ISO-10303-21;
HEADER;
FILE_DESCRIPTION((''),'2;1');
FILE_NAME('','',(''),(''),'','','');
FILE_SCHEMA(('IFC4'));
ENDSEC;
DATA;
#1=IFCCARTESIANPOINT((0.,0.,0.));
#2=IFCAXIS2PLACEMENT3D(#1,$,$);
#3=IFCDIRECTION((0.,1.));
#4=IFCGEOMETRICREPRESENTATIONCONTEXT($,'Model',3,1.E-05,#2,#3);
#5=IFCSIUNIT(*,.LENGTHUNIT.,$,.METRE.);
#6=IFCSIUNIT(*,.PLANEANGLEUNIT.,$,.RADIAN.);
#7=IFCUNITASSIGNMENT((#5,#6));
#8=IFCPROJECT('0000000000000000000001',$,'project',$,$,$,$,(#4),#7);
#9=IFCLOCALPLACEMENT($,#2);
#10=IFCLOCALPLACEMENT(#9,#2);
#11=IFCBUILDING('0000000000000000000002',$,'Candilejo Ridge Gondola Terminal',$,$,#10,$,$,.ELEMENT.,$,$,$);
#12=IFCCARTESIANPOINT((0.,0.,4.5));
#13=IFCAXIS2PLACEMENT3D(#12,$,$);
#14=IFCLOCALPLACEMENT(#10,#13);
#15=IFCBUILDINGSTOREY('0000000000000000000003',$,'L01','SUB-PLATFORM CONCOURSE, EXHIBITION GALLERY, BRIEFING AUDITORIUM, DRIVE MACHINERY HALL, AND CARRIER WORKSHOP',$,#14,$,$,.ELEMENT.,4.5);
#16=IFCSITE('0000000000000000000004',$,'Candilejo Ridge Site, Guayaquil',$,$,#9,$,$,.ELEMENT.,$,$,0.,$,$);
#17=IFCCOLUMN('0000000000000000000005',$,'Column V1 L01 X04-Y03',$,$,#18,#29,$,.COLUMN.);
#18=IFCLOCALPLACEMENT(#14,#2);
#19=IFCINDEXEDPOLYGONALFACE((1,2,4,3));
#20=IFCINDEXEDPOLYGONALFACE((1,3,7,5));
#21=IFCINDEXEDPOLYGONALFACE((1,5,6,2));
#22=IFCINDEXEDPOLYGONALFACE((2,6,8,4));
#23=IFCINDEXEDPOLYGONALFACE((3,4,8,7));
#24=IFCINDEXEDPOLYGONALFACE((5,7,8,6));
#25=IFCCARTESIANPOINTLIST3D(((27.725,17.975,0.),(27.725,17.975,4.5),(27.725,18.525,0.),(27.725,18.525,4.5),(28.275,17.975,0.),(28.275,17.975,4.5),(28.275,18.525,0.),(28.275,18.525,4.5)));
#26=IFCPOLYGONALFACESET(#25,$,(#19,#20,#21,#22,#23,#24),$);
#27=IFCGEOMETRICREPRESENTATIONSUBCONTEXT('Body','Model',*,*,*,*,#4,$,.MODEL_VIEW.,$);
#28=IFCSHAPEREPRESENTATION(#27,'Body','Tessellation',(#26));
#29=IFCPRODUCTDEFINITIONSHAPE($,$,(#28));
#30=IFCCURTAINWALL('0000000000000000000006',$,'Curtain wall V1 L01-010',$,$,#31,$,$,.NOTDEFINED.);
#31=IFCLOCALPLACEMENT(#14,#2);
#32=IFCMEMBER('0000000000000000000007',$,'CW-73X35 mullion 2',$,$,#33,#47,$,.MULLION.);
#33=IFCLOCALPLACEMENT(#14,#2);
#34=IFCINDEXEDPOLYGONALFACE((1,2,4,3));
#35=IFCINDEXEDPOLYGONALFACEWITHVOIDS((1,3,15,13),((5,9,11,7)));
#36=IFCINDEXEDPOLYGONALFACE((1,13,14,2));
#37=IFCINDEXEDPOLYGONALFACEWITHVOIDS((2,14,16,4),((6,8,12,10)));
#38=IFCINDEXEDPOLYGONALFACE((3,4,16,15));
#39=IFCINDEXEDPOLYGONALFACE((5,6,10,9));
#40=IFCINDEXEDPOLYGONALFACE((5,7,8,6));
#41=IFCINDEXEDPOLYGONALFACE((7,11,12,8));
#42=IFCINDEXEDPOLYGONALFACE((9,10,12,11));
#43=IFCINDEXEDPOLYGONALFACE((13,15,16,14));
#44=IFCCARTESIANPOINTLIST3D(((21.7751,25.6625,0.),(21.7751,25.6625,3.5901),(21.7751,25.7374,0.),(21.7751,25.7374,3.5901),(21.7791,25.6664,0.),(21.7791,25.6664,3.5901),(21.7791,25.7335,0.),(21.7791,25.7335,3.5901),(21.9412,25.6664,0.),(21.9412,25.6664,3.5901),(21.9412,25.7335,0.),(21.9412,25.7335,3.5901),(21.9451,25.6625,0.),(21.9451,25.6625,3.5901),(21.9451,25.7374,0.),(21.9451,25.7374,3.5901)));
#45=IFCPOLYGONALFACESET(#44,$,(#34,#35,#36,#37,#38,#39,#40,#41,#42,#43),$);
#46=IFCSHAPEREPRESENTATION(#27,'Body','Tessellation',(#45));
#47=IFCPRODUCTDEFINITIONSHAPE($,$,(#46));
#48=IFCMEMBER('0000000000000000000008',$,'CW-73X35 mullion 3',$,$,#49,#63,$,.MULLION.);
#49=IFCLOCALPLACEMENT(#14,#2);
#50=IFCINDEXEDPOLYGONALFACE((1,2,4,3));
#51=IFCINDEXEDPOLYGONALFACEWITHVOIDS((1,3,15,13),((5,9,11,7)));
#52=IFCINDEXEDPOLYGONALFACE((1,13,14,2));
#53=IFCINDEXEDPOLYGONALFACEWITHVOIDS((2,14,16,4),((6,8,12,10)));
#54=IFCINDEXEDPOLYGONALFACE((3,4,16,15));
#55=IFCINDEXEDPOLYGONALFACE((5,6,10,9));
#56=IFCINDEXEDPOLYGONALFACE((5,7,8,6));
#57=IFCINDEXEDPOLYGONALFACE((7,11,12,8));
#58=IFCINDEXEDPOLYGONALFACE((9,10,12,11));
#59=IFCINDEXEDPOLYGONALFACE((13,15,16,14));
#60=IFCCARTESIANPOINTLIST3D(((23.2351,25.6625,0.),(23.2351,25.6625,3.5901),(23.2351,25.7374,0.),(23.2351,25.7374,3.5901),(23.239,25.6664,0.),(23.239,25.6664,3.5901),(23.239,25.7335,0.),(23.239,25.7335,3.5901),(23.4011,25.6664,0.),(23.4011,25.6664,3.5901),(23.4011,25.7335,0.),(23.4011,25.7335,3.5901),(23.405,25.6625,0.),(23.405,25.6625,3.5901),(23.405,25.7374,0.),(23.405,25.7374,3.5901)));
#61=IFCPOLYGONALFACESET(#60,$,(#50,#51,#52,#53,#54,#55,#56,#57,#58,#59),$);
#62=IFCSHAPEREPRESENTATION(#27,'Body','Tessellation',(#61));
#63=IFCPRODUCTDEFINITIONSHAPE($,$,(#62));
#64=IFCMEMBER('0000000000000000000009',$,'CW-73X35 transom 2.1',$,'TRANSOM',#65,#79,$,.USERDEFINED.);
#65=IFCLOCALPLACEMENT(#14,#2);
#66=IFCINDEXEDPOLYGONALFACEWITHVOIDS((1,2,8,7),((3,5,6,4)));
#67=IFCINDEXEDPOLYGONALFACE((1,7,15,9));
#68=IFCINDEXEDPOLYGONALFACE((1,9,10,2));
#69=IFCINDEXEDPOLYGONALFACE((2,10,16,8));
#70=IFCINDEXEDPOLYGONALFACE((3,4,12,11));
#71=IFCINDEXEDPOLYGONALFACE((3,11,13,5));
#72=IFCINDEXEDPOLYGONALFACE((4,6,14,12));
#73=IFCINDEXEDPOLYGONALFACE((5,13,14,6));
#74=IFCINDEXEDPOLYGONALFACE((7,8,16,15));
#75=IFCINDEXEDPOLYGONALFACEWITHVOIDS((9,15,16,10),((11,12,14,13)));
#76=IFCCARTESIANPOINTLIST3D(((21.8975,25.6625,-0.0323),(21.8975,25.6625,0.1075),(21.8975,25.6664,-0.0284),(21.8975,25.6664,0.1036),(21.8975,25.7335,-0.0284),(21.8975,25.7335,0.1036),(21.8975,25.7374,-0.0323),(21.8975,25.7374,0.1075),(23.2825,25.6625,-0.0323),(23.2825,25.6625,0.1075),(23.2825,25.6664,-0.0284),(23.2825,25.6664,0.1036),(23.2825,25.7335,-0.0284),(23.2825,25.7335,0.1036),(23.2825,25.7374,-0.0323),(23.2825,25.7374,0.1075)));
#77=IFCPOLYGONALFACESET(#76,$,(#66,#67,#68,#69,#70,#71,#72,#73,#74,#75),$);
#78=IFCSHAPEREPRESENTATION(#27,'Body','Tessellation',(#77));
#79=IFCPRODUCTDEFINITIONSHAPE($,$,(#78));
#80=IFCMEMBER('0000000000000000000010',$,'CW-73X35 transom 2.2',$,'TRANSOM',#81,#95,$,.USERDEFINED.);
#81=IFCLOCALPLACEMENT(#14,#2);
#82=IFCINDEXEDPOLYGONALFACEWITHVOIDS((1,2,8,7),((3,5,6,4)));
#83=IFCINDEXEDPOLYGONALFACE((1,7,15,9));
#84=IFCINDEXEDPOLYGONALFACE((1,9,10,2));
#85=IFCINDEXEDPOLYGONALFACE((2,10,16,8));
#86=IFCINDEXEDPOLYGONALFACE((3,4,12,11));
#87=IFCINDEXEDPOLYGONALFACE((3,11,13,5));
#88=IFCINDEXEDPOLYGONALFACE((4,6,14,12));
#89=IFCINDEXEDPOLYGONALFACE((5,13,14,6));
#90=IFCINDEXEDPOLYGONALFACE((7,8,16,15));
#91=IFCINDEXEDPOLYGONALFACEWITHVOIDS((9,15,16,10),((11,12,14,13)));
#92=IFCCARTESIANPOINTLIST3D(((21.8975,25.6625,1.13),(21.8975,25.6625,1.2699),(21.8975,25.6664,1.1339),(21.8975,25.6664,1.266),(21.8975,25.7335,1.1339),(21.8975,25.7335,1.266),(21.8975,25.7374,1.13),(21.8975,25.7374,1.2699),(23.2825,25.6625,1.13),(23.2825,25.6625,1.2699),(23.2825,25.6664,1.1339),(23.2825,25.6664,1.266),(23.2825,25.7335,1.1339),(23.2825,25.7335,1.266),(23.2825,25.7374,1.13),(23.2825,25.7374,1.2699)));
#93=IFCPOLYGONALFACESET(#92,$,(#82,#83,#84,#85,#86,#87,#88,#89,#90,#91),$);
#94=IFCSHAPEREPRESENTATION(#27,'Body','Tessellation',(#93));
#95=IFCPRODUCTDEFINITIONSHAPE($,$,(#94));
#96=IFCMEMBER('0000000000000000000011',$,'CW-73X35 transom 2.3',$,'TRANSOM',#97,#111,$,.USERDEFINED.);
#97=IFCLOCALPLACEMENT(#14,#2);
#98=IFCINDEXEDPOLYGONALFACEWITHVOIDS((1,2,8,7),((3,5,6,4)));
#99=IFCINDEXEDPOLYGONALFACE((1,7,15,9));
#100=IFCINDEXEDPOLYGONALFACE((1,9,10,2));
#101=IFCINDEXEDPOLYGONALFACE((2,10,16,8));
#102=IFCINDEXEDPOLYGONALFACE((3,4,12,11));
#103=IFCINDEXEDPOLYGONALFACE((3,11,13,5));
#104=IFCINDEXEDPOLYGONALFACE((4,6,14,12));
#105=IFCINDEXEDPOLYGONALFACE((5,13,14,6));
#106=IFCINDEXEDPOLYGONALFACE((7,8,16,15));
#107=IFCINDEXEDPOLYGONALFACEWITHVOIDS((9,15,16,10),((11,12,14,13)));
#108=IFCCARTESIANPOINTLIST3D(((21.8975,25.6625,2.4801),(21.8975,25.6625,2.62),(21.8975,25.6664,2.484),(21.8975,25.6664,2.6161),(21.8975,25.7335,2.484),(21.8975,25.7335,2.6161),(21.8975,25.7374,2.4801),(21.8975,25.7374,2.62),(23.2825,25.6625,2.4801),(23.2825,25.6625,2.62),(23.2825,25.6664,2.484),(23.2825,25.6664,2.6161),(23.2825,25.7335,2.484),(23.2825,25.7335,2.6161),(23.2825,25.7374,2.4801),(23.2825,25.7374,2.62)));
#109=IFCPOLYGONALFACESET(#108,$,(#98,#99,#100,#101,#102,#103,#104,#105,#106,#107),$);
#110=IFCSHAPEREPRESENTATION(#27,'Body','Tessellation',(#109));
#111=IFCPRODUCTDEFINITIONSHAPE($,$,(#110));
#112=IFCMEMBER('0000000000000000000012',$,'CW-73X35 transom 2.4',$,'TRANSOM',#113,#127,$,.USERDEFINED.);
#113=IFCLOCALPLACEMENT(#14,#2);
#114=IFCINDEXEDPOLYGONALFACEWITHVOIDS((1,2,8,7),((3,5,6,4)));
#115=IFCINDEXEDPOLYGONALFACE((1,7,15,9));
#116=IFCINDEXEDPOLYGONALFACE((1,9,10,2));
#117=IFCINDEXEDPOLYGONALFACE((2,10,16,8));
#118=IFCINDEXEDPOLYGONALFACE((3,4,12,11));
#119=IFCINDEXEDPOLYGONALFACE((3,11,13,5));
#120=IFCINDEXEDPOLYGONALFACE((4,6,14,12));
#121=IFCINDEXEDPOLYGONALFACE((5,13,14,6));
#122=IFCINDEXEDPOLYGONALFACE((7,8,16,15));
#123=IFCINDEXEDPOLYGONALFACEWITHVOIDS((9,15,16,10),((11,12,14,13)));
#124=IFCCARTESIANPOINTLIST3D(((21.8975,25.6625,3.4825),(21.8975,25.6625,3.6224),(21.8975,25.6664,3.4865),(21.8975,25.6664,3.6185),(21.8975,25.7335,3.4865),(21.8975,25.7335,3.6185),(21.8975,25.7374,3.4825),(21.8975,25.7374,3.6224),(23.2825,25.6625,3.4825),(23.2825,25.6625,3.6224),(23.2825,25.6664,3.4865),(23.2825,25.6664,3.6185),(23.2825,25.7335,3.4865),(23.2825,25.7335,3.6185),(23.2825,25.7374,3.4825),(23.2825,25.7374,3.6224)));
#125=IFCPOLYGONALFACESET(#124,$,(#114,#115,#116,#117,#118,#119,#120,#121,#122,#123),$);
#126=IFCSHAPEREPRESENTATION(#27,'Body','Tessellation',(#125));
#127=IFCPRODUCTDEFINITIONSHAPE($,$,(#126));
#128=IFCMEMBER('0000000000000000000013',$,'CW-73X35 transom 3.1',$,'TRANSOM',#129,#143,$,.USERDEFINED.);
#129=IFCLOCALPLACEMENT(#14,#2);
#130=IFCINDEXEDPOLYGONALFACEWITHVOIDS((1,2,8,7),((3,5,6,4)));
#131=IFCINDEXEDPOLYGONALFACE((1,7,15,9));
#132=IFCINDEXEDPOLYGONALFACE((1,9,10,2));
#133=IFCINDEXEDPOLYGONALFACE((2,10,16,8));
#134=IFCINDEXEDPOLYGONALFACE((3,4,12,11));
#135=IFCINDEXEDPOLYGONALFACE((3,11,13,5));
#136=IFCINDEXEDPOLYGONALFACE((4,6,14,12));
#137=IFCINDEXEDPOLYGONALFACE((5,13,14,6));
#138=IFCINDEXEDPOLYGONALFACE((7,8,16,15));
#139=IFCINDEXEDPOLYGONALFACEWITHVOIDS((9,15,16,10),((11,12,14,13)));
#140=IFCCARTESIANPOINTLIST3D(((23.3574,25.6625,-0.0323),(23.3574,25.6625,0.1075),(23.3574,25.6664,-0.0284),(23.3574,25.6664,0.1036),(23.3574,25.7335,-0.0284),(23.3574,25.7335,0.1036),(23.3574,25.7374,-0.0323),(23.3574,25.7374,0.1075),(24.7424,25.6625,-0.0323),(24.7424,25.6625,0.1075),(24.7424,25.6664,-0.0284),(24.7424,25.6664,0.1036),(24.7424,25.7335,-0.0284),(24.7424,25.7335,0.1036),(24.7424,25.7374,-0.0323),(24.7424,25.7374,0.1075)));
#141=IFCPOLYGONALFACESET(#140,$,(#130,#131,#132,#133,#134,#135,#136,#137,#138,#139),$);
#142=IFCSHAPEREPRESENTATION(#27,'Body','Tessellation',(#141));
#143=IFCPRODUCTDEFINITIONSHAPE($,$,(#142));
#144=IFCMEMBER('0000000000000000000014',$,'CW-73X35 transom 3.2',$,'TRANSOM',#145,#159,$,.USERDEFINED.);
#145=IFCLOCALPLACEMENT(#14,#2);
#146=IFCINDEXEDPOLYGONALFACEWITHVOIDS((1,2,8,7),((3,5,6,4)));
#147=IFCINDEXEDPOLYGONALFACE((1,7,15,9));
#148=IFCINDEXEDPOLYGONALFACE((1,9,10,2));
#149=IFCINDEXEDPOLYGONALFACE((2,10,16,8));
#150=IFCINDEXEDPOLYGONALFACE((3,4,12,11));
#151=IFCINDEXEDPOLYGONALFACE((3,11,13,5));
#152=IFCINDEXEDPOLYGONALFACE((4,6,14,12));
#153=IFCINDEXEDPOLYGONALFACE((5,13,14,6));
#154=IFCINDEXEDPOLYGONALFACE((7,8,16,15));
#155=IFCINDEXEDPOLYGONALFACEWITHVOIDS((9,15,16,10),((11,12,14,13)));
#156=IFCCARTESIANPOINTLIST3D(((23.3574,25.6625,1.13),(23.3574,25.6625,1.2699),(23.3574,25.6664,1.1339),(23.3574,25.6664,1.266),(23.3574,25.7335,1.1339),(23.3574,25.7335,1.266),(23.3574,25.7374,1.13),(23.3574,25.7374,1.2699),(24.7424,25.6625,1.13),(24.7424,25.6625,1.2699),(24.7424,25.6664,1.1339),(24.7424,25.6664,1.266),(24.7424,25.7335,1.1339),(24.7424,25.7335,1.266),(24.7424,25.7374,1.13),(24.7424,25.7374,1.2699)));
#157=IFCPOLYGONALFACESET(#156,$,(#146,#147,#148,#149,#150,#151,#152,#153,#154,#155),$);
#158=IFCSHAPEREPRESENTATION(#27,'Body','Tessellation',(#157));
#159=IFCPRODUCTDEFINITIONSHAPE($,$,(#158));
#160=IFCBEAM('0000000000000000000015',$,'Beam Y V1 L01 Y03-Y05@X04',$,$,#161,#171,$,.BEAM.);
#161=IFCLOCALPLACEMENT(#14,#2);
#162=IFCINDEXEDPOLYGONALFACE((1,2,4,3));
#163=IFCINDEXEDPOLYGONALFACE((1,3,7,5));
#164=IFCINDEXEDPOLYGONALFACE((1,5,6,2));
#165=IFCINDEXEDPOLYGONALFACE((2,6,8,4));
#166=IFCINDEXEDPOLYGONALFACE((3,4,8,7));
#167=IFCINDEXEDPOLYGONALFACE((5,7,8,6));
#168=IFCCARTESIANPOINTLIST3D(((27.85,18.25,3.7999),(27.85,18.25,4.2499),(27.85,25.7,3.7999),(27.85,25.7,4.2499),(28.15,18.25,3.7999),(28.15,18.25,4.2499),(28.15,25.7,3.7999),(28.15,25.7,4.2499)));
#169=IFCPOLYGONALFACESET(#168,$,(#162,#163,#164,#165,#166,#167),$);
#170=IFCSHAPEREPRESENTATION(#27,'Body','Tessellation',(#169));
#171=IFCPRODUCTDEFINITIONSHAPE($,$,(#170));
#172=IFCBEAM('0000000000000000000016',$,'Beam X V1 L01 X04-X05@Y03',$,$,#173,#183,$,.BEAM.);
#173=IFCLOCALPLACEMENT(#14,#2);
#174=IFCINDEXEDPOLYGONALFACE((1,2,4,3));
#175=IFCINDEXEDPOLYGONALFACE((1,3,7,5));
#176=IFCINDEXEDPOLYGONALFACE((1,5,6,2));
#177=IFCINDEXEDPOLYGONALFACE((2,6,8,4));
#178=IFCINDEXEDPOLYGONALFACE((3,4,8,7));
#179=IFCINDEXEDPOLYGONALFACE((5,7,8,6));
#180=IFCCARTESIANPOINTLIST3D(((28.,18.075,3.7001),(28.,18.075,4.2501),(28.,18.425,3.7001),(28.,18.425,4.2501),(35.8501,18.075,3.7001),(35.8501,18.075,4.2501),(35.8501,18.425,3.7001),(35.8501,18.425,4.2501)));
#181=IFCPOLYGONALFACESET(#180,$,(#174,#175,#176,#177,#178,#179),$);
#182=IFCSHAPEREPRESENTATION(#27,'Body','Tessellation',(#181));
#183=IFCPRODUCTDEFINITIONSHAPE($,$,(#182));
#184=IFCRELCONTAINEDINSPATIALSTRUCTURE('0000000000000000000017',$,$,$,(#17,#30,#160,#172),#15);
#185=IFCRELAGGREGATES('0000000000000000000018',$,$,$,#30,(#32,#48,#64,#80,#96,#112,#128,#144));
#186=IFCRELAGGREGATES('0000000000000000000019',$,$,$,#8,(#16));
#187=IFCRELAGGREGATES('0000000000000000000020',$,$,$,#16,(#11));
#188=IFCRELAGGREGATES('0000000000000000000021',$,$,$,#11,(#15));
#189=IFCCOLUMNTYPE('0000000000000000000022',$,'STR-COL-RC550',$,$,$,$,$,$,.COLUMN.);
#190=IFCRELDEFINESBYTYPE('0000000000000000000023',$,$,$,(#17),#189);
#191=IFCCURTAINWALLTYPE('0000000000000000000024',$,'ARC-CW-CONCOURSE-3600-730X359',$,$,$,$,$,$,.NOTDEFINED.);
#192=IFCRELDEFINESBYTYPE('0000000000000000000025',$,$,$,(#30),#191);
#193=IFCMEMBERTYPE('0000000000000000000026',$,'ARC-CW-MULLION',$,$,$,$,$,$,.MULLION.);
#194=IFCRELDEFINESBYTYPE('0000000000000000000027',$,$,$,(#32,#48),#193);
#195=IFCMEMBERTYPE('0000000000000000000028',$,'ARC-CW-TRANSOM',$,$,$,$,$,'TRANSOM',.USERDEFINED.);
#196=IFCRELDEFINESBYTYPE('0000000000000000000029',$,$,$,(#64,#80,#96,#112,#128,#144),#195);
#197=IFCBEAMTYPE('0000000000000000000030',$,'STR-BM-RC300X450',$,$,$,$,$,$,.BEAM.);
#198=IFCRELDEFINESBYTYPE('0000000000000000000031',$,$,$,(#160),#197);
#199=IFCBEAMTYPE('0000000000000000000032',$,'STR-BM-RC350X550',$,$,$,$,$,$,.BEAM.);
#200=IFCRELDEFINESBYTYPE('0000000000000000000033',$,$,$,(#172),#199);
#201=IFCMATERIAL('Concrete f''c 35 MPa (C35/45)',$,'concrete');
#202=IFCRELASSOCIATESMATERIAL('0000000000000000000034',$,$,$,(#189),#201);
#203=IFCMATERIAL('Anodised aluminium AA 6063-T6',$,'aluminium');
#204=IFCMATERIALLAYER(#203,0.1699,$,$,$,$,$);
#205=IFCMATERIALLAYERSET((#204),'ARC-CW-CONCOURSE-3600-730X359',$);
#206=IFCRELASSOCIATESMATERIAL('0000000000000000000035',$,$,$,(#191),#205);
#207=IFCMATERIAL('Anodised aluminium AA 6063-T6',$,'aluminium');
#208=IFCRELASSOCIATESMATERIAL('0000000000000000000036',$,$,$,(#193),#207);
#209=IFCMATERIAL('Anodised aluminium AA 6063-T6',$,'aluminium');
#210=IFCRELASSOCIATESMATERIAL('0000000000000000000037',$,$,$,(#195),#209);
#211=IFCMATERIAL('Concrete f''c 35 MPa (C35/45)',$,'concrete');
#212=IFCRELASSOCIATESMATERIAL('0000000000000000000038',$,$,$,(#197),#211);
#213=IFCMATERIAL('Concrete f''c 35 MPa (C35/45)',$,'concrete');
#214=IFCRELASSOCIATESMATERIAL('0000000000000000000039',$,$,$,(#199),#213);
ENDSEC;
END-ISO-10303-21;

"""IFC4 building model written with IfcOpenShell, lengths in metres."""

from ifc_helpers import new_model, si_unit, direction, frame, origin, origin_2d, place, context, subcontext, project, spatial, rectangle, hollow_rectangle, extrude, material, layer, layer_set, material_profile, profile_set, type_object, element, aggregate, save


model = new_model("IFC4")

# Units and contexts
model_context = context("Model", 3, precision=1e-05, world=origin(), true_north=direction((0.0, 1.0)))
body_context = subcontext(model_context, "Body", "Model", "MODEL_VIEW")
ifc_project = project(units=[si_unit("LENGTHUNIT", "METRE"), si_unit("PLANEANGLEUNIT", "RADIAN")], contexts=[model_context])

# Site, building, storey
site_placement = place(None, origin())
site = spatial("IfcSite", under=ifc_project, at=site_placement, Name="Candilejo Ridge Site, Guayaquil", CompositionType="ELEMENT", RefElevation=0.0)
building_placement = place(site_placement, origin())
building = spatial("IfcBuilding", under=site, at=building_placement, Name="Candilejo Ridge Gondola Terminal", CompositionType="ELEMENT")
storey_placement = place(building_placement, frame((0.0, 0.0, 4.5)))
storey = spatial("IfcBuildingStorey", under=building, at=storey_placement, Name="L01", Description="SUB-PLATFORM CONCOURSE, EXHIBITION GALLERY, BRIEFING AUDITORIUM, DRIVE MACHINERY HALL, AND CARRIER WORKSHOP", CompositionType="ELEMENT", Elevation=4.5)

# Column
ifc_material_1 = material(Name="Concrete f'c 35 MPa (C35/45)", Category="concrete")
ifc_material_profile_1 = material_profile(ifc_material_1, rectangle(XDim=0.55, YDim=0.55, at=origin_2d()))
ifc_profile_set_1 = profile_set([ifc_material_profile_1], Name="Concrete f'c 35 MPa (C35/45)")
column_type = type_object("IfcColumnType", Name="STR-COL-RC550", PredefinedType="COLUMN", material=ifc_profile_set_1)
column_placement = place(storey_placement, frame((28.0, 18.25, 0.0), z_axis=(0.0, 0.0, 1.0), x_axis=(1.0, 0.0, 0.0)))
element("IfcColumn", 1, at=column_placement, inside=storey, type_object=column_type, Name="Column V1 L01 X04-Y03", PredefinedType="COLUMN", context=body_context, shape_type="SweptSolid", body=[
    extrude(rectangle(XDim=0.55, YDim=0.55, at=origin_2d()), origin(), (0.0, 0.0, 1.0), 4.5),
])

# Curtain wall, members
ifc_material_2 = material(Name="Anodised aluminium AA 6063-T6", Category="aluminium")
ifc_layer_1 = layer(ifc_material_2, 0.1699)
ifc_layer_set_1 = layer_set([ifc_layer_1], Name="ARC-CW-CONCOURSE-3600-730X359")
curtain_wall_type = type_object("IfcCurtainWallType", Name="ARC-CW-CONCOURSE-3600-730X359", PredefinedType="NOTDEFINED", material=ifc_layer_set_1)
curtain_wall_placement = place(storey_placement, origin())
curtain_wall = element("IfcCurtainWall", 2, at=curtain_wall_placement, inside=storey, type_object=curtain_wall_type, Name="Curtain wall V1 L01-010", PredefinedType="NOTDEFINED")
ifc_material_3 = material(Name="Anodised aluminium AA 6063-T6", Category="aluminium")
ifc_material_profile_2 = material_profile(ifc_material_3, hollow_rectangle(XDim=0.075, YDim=0.1699, WallThickness=0.0039, at=origin_2d()))
ifc_profile_set_2 = profile_set([ifc_material_profile_2], Name="Anodised aluminium AA 6063-T6")
member_type_1 = type_object("IfcMemberType", Name="ARC-CW-MULLION", PredefinedType="MULLION", material=ifc_profile_set_2)
member_1_placement = place(storey_placement, frame((21.8601, 25.7, 0.0), z_axis=(0.0, 0.0, 1.0), x_axis=(0.0, 1.0, 0.0)))
member_1 = element("IfcMember", 3, at=member_1_placement, type_object=member_type_1, Name="CW-73X35 mullion 2", PredefinedType="MULLION", context=body_context, shape_type="SweptSolid", body=[
    extrude(hollow_rectangle(XDim=0.075, YDim=0.1699, WallThickness=0.0039, at=origin_2d()), origin(), (0.0, 0.0, 1.0), 3.5901),
])
member_2_placement = place(storey_placement, frame((23.3201, 25.7, 0.0), z_axis=(0.0, 0.0, 1.0), x_axis=(0.0, 1.0, 0.0)))
member_2 = element("IfcMember", 4, at=member_2_placement, type_object=member_type_1, Name="CW-73X35 mullion 3", PredefinedType="MULLION", context=body_context, shape_type="SweptSolid", body=[
    extrude(hollow_rectangle(XDim=0.075, YDim=0.1699, WallThickness=0.0039, at=origin_2d()), origin(), (0.0, 0.0, 1.0), 3.5901),
])
ifc_material_4 = material(Name="Anodised aluminium AA 6063-T6", Category="aluminium")
ifc_material_profile_3 = material_profile(ifc_material_4, hollow_rectangle(XDim=0.075, YDim=0.1399, WallThickness=0.0039, at=origin_2d()))
ifc_profile_set_3 = profile_set([ifc_material_profile_3], Name="Anodised aluminium AA 6063-T6")
member_type_2 = type_object("IfcMemberType", Name="ARC-CW-TRANSOM", ElementType="TRANSOM", PredefinedType="USERDEFINED", material=ifc_profile_set_3)
member_3_placement = place(storey_placement, frame((21.8975, 25.7, 0.0376), z_axis=(1.0, 0.0, 0.0), x_axis=(0.0, 1.0, 0.0)))
member_3 = element("IfcMember", 5, at=member_3_placement, type_object=member_type_2, Name="CW-73X35 transom 2.1", ObjectType="TRANSOM", PredefinedType="USERDEFINED", context=body_context, shape_type="SweptSolid", body=[
    extrude(hollow_rectangle(XDim=0.075, YDim=0.1399, WallThickness=0.0039, at=origin_2d()), origin(), (0.0, 0.0, 1.0), 1.385),
])
member_4_placement = place(storey_placement, frame((21.8975, 25.7, 1.2), z_axis=(1.0, 0.0, 0.0), x_axis=(0.0, 1.0, 0.0)))
member_4 = element("IfcMember", 6, at=member_4_placement, type_object=member_type_2, Name="CW-73X35 transom 2.2", ObjectType="TRANSOM", PredefinedType="USERDEFINED", context=body_context, shape_type="SweptSolid", body=[
    extrude(hollow_rectangle(XDim=0.075, YDim=0.1399, WallThickness=0.0039, at=origin_2d()), origin(), (0.0, 0.0, 1.0), 1.385),
])
member_5_placement = place(storey_placement, frame((21.8975, 25.7, 2.55), z_axis=(1.0, 0.0, 0.0), x_axis=(0.0, 1.0, 0.0)))
member_5 = element("IfcMember", 7, at=member_5_placement, type_object=member_type_2, Name="CW-73X35 transom 2.3", ObjectType="TRANSOM", PredefinedType="USERDEFINED", context=body_context, shape_type="SweptSolid", body=[
    extrude(hollow_rectangle(XDim=0.075, YDim=0.1399, WallThickness=0.0039, at=origin_2d()), origin(), (0.0, 0.0, 1.0), 1.385),
])
member_6_placement = place(storey_placement, frame((21.8975, 25.7, 3.5525), z_axis=(1.0, 0.0, 0.0), x_axis=(0.0, 1.0, 0.0)))
member_6 = element("IfcMember", 8, at=member_6_placement, type_object=member_type_2, Name="CW-73X35 transom 2.4", ObjectType="TRANSOM", PredefinedType="USERDEFINED", context=body_context, shape_type="SweptSolid", body=[
    extrude(hollow_rectangle(XDim=0.075, YDim=0.1399, WallThickness=0.0039, at=origin_2d()), origin(), (0.0, 0.0, 1.0), 1.385),
])
member_7_placement = place(storey_placement, frame((23.3574, 25.7, 0.0376), z_axis=(1.0, 0.0, 0.0), x_axis=(0.0, 1.0, 0.0)))
member_7 = element("IfcMember", 9, at=member_7_placement, type_object=member_type_2, Name="CW-73X35 transom 3.1", ObjectType="TRANSOM", PredefinedType="USERDEFINED", context=body_context, shape_type="SweptSolid", body=[
    extrude(hollow_rectangle(XDim=0.075, YDim=0.1399, WallThickness=0.0039, at=origin_2d()), origin(), (0.0, 0.0, 1.0), 1.385),
])
member_8_placement = place(storey_placement, frame((23.3574, 25.7, 1.2), z_axis=(1.0, 0.0, 0.0), x_axis=(0.0, 1.0, 0.0)))
member_8 = element("IfcMember", 10, at=member_8_placement, type_object=member_type_2, Name="CW-73X35 transom 3.2", ObjectType="TRANSOM", PredefinedType="USERDEFINED", context=body_context, shape_type="SweptSolid", body=[
    extrude(hollow_rectangle(XDim=0.075, YDim=0.1399, WallThickness=0.0039, at=origin_2d()), origin(), (0.0, 0.0, 1.0), 1.385),
])

# Beams
ifc_material_5 = material(Name="Concrete f'c 35 MPa (C35/45)", Category="concrete")
ifc_material_profile_4 = material_profile(ifc_material_5, rectangle(XDim=0.3, YDim=0.45, at=origin_2d()))
ifc_profile_set_4 = profile_set([ifc_material_profile_4], Name="Concrete f'c 35 MPa (C35/45)")
beam_type_1 = type_object("IfcBeamType", Name="STR-BM-RC300X450", PredefinedType="BEAM", material=ifc_profile_set_4)
beam_1_placement = place(storey_placement, frame((28.0, 18.25, 4.0249), z_axis=(0.0, 1.0, 0.0), x_axis=(-1.0, 0.0, 0.0)))
element("IfcBeam", 11, at=beam_1_placement, inside=storey, type_object=beam_type_1, Name="Beam Y V1 L01 Y03-Y05@X04", PredefinedType="BEAM", context=body_context, shape_type="SweptSolid", body=[
    extrude(rectangle(XDim=0.3, YDim=0.45, at=origin_2d()), origin(), (0.0, 0.0, 1.0), 7.45),
])
ifc_material_6 = material(Name="Concrete f'c 35 MPa (C35/45)", Category="concrete")
ifc_material_profile_5 = material_profile(ifc_material_6, rectangle(XDim=0.3501, YDim=0.55, at=origin_2d()))
ifc_profile_set_5 = profile_set([ifc_material_profile_5], Name="Concrete f'c 35 MPa (C35/45)")
beam_type_2 = type_object("IfcBeamType", Name="STR-BM-RC350X550", PredefinedType="BEAM", material=ifc_profile_set_5)
beam_2_placement = place(storey_placement, frame((28.0, 18.25, 3.9751), z_axis=(1.0, 0.0, 0.0), x_axis=(0.0, 1.0, 0.0)))
element("IfcBeam", 12, at=beam_2_placement, inside=storey, type_object=beam_type_2, Name="Beam X V1 L01 X04-X05@Y03", PredefinedType="BEAM", context=body_context, shape_type="SweptSolid", body=[
    extrude(rectangle(XDim=0.3501, YDim=0.55, at=origin_2d()), origin(), (0.0, 0.0, 1.0), 7.8501),
])

aggregate(curtain_wall, [member_1, member_2, member_3, member_4, member_5, member_6, member_7, member_8])

save(model, "model.ifc")
